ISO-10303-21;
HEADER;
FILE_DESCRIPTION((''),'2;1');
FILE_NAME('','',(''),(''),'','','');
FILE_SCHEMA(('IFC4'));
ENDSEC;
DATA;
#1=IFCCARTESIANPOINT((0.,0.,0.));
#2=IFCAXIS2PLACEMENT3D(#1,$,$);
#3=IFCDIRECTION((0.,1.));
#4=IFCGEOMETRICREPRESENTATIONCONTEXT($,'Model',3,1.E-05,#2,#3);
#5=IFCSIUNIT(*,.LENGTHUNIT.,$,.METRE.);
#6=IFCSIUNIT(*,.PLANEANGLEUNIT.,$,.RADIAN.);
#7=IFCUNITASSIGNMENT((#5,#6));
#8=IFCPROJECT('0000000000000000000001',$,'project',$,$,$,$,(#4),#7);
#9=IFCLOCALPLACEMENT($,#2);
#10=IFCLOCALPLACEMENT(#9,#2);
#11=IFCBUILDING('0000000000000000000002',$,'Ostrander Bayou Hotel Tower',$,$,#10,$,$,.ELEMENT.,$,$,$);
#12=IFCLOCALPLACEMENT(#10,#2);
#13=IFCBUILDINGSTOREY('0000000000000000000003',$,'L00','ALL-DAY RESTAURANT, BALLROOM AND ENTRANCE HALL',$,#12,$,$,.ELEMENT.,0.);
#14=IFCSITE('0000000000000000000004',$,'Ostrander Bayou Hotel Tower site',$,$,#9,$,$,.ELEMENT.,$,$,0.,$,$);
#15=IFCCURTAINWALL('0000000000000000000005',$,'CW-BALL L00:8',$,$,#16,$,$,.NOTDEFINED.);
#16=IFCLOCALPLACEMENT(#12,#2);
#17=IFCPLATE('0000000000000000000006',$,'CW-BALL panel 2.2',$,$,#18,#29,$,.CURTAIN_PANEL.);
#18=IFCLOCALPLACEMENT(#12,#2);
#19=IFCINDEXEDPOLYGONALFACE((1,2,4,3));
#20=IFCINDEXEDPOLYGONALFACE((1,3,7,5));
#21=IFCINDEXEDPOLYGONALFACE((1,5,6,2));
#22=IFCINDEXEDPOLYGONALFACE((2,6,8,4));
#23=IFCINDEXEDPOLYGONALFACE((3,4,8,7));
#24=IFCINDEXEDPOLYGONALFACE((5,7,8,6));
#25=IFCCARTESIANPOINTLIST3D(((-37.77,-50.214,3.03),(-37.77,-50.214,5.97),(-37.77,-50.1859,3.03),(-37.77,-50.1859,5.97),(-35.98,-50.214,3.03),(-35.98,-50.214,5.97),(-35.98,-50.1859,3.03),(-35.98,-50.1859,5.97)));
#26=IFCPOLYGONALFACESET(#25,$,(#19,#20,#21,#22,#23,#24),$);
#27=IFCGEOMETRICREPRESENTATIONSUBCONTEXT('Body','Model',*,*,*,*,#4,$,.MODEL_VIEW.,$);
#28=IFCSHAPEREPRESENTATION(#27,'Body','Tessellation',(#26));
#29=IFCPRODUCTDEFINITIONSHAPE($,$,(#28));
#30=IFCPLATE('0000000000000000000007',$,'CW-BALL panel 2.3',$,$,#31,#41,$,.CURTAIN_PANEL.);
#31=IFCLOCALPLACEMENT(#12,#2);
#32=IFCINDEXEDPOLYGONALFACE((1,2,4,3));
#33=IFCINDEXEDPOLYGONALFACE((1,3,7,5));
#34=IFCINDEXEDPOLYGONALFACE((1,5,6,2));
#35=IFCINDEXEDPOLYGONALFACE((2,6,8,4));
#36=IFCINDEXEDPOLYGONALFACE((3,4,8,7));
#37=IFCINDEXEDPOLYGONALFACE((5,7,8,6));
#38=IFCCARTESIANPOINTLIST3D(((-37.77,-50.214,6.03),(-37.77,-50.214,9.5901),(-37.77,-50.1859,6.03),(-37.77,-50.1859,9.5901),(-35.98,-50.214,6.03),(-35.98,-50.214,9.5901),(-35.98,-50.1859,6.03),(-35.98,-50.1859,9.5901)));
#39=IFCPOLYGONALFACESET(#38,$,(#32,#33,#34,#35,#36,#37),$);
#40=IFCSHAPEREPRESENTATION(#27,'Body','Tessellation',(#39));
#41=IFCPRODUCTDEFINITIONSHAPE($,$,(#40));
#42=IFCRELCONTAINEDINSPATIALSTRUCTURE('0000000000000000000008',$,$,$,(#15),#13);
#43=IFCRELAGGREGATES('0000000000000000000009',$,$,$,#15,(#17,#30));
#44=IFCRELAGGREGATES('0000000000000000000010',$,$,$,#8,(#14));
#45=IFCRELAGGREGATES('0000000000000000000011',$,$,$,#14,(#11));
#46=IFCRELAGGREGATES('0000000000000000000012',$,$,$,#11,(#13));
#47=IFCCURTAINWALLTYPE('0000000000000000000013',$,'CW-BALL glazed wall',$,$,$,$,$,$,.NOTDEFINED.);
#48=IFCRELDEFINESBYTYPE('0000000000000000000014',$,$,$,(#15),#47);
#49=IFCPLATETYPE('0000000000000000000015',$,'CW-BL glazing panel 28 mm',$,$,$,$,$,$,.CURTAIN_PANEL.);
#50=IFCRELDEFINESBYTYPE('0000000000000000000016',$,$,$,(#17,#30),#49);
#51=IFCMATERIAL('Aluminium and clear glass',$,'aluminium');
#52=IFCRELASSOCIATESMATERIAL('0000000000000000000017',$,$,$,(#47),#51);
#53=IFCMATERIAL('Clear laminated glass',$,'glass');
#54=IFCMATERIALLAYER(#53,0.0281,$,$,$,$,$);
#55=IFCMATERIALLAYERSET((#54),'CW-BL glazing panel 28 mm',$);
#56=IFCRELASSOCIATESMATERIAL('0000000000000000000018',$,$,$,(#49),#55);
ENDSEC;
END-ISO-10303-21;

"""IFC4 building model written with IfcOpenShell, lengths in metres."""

from ifc_helpers import new_model, si_unit, direction, frame, origin, origin_2d, place, context, subcontext, project, spatial, rectangle, extrude, material, layer, layer_set, type_object, element, aggregate, save


model = new_model("IFC4")

# Units and contexts
model_context = context("Model", 3, precision=1e-05, world=origin(), true_north=direction((0.0, 1.0)))
body_context = subcontext(model_context, "Body", "Model", "MODEL_VIEW")
ifc_project = project(units=[si_unit("LENGTHUNIT", "METRE"), si_unit("PLANEANGLEUNIT", "RADIAN")], contexts=[model_context])

# Site, building, storey
site_placement = place(None, origin())
site = spatial("IfcSite", under=ifc_project, at=site_placement, Name="Ostrander Bayou Hotel Tower site", CompositionType="ELEMENT", RefElevation=0.0)
building_placement = place(site_placement, origin())
building = spatial("IfcBuilding", under=site, at=building_placement, Name="Ostrander Bayou Hotel Tower", CompositionType="ELEMENT")
storey_placement = place(building_placement, origin())
storey = spatial("IfcBuildingStorey", under=building, at=storey_placement, Name="L00", Description="ALL-DAY RESTAURANT, BALLROOM AND ENTRANCE HALL", CompositionType="ELEMENT", Elevation=0.0)

# Curtain wall
ifc_material_1 = material(Name="Aluminium and clear glass", Category="aluminium")
curtain_wall_type = type_object("IfcCurtainWallType", Name="CW-BALL glazed wall", PredefinedType="NOTDEFINED", material=ifc_material_1)
curtain_wall_1_placement = place(storey_placement, origin())
curtain_wall_1 = element("IfcCurtainWall", 1, at=curtain_wall_1_placement, inside=storey, type_object=curtain_wall_type, Name="CW-BALL L00:8", PredefinedType="NOTDEFINED")

# Plates
ifc_material_2 = material(Name="Clear laminated glass", Category="glass")
ifc_layer = layer(ifc_material_2, 0.0281)
ifc_layer_set = layer_set([ifc_layer], Name="CW-BL glazing panel 28 mm")
plate_type = type_object("IfcPlateType", Name="CW-BL glazing panel 28 mm", PredefinedType="CURTAIN_PANEL", material=ifc_layer_set)
plate_1_placement = place(storey_placement, frame((-36.875, -50.2, 3.03), z_axis=(0.0, 0.0, 1.0), x_axis=(-1.0, 0.0, 0.0)))
plate_1 = element("IfcPlate", 2, at=plate_1_placement, type_object=plate_type, Name="CW-BALL panel 2.2", PredefinedType="CURTAIN_PANEL", context=body_context, shape_type="SweptSolid", body=[
    extrude(rectangle(XDim=1.79, YDim=0.0281, at=origin_2d()), origin(), (0.0, 0.0, 1.0), 2.9399),
])
plate_2_placement = place(storey_placement, frame((-36.875, -50.2, 6.03), z_axis=(0.0, 0.0, 1.0), x_axis=(-1.0, 0.0, 0.0)))
plate_2 = element("IfcPlate", 3, at=plate_2_placement, type_object=plate_type, Name="CW-BALL panel 2.3", PredefinedType="CURTAIN_PANEL", context=body_context, shape_type="SweptSolid", body=[
    extrude(rectangle(XDim=1.79, YDim=0.0281, at=origin_2d()), origin(), (0.0, 0.0, 1.0), 3.5601),
])
aggregate(curtain_wall_1, [plate_1, plate_2])

save(model, "model.ifc")
